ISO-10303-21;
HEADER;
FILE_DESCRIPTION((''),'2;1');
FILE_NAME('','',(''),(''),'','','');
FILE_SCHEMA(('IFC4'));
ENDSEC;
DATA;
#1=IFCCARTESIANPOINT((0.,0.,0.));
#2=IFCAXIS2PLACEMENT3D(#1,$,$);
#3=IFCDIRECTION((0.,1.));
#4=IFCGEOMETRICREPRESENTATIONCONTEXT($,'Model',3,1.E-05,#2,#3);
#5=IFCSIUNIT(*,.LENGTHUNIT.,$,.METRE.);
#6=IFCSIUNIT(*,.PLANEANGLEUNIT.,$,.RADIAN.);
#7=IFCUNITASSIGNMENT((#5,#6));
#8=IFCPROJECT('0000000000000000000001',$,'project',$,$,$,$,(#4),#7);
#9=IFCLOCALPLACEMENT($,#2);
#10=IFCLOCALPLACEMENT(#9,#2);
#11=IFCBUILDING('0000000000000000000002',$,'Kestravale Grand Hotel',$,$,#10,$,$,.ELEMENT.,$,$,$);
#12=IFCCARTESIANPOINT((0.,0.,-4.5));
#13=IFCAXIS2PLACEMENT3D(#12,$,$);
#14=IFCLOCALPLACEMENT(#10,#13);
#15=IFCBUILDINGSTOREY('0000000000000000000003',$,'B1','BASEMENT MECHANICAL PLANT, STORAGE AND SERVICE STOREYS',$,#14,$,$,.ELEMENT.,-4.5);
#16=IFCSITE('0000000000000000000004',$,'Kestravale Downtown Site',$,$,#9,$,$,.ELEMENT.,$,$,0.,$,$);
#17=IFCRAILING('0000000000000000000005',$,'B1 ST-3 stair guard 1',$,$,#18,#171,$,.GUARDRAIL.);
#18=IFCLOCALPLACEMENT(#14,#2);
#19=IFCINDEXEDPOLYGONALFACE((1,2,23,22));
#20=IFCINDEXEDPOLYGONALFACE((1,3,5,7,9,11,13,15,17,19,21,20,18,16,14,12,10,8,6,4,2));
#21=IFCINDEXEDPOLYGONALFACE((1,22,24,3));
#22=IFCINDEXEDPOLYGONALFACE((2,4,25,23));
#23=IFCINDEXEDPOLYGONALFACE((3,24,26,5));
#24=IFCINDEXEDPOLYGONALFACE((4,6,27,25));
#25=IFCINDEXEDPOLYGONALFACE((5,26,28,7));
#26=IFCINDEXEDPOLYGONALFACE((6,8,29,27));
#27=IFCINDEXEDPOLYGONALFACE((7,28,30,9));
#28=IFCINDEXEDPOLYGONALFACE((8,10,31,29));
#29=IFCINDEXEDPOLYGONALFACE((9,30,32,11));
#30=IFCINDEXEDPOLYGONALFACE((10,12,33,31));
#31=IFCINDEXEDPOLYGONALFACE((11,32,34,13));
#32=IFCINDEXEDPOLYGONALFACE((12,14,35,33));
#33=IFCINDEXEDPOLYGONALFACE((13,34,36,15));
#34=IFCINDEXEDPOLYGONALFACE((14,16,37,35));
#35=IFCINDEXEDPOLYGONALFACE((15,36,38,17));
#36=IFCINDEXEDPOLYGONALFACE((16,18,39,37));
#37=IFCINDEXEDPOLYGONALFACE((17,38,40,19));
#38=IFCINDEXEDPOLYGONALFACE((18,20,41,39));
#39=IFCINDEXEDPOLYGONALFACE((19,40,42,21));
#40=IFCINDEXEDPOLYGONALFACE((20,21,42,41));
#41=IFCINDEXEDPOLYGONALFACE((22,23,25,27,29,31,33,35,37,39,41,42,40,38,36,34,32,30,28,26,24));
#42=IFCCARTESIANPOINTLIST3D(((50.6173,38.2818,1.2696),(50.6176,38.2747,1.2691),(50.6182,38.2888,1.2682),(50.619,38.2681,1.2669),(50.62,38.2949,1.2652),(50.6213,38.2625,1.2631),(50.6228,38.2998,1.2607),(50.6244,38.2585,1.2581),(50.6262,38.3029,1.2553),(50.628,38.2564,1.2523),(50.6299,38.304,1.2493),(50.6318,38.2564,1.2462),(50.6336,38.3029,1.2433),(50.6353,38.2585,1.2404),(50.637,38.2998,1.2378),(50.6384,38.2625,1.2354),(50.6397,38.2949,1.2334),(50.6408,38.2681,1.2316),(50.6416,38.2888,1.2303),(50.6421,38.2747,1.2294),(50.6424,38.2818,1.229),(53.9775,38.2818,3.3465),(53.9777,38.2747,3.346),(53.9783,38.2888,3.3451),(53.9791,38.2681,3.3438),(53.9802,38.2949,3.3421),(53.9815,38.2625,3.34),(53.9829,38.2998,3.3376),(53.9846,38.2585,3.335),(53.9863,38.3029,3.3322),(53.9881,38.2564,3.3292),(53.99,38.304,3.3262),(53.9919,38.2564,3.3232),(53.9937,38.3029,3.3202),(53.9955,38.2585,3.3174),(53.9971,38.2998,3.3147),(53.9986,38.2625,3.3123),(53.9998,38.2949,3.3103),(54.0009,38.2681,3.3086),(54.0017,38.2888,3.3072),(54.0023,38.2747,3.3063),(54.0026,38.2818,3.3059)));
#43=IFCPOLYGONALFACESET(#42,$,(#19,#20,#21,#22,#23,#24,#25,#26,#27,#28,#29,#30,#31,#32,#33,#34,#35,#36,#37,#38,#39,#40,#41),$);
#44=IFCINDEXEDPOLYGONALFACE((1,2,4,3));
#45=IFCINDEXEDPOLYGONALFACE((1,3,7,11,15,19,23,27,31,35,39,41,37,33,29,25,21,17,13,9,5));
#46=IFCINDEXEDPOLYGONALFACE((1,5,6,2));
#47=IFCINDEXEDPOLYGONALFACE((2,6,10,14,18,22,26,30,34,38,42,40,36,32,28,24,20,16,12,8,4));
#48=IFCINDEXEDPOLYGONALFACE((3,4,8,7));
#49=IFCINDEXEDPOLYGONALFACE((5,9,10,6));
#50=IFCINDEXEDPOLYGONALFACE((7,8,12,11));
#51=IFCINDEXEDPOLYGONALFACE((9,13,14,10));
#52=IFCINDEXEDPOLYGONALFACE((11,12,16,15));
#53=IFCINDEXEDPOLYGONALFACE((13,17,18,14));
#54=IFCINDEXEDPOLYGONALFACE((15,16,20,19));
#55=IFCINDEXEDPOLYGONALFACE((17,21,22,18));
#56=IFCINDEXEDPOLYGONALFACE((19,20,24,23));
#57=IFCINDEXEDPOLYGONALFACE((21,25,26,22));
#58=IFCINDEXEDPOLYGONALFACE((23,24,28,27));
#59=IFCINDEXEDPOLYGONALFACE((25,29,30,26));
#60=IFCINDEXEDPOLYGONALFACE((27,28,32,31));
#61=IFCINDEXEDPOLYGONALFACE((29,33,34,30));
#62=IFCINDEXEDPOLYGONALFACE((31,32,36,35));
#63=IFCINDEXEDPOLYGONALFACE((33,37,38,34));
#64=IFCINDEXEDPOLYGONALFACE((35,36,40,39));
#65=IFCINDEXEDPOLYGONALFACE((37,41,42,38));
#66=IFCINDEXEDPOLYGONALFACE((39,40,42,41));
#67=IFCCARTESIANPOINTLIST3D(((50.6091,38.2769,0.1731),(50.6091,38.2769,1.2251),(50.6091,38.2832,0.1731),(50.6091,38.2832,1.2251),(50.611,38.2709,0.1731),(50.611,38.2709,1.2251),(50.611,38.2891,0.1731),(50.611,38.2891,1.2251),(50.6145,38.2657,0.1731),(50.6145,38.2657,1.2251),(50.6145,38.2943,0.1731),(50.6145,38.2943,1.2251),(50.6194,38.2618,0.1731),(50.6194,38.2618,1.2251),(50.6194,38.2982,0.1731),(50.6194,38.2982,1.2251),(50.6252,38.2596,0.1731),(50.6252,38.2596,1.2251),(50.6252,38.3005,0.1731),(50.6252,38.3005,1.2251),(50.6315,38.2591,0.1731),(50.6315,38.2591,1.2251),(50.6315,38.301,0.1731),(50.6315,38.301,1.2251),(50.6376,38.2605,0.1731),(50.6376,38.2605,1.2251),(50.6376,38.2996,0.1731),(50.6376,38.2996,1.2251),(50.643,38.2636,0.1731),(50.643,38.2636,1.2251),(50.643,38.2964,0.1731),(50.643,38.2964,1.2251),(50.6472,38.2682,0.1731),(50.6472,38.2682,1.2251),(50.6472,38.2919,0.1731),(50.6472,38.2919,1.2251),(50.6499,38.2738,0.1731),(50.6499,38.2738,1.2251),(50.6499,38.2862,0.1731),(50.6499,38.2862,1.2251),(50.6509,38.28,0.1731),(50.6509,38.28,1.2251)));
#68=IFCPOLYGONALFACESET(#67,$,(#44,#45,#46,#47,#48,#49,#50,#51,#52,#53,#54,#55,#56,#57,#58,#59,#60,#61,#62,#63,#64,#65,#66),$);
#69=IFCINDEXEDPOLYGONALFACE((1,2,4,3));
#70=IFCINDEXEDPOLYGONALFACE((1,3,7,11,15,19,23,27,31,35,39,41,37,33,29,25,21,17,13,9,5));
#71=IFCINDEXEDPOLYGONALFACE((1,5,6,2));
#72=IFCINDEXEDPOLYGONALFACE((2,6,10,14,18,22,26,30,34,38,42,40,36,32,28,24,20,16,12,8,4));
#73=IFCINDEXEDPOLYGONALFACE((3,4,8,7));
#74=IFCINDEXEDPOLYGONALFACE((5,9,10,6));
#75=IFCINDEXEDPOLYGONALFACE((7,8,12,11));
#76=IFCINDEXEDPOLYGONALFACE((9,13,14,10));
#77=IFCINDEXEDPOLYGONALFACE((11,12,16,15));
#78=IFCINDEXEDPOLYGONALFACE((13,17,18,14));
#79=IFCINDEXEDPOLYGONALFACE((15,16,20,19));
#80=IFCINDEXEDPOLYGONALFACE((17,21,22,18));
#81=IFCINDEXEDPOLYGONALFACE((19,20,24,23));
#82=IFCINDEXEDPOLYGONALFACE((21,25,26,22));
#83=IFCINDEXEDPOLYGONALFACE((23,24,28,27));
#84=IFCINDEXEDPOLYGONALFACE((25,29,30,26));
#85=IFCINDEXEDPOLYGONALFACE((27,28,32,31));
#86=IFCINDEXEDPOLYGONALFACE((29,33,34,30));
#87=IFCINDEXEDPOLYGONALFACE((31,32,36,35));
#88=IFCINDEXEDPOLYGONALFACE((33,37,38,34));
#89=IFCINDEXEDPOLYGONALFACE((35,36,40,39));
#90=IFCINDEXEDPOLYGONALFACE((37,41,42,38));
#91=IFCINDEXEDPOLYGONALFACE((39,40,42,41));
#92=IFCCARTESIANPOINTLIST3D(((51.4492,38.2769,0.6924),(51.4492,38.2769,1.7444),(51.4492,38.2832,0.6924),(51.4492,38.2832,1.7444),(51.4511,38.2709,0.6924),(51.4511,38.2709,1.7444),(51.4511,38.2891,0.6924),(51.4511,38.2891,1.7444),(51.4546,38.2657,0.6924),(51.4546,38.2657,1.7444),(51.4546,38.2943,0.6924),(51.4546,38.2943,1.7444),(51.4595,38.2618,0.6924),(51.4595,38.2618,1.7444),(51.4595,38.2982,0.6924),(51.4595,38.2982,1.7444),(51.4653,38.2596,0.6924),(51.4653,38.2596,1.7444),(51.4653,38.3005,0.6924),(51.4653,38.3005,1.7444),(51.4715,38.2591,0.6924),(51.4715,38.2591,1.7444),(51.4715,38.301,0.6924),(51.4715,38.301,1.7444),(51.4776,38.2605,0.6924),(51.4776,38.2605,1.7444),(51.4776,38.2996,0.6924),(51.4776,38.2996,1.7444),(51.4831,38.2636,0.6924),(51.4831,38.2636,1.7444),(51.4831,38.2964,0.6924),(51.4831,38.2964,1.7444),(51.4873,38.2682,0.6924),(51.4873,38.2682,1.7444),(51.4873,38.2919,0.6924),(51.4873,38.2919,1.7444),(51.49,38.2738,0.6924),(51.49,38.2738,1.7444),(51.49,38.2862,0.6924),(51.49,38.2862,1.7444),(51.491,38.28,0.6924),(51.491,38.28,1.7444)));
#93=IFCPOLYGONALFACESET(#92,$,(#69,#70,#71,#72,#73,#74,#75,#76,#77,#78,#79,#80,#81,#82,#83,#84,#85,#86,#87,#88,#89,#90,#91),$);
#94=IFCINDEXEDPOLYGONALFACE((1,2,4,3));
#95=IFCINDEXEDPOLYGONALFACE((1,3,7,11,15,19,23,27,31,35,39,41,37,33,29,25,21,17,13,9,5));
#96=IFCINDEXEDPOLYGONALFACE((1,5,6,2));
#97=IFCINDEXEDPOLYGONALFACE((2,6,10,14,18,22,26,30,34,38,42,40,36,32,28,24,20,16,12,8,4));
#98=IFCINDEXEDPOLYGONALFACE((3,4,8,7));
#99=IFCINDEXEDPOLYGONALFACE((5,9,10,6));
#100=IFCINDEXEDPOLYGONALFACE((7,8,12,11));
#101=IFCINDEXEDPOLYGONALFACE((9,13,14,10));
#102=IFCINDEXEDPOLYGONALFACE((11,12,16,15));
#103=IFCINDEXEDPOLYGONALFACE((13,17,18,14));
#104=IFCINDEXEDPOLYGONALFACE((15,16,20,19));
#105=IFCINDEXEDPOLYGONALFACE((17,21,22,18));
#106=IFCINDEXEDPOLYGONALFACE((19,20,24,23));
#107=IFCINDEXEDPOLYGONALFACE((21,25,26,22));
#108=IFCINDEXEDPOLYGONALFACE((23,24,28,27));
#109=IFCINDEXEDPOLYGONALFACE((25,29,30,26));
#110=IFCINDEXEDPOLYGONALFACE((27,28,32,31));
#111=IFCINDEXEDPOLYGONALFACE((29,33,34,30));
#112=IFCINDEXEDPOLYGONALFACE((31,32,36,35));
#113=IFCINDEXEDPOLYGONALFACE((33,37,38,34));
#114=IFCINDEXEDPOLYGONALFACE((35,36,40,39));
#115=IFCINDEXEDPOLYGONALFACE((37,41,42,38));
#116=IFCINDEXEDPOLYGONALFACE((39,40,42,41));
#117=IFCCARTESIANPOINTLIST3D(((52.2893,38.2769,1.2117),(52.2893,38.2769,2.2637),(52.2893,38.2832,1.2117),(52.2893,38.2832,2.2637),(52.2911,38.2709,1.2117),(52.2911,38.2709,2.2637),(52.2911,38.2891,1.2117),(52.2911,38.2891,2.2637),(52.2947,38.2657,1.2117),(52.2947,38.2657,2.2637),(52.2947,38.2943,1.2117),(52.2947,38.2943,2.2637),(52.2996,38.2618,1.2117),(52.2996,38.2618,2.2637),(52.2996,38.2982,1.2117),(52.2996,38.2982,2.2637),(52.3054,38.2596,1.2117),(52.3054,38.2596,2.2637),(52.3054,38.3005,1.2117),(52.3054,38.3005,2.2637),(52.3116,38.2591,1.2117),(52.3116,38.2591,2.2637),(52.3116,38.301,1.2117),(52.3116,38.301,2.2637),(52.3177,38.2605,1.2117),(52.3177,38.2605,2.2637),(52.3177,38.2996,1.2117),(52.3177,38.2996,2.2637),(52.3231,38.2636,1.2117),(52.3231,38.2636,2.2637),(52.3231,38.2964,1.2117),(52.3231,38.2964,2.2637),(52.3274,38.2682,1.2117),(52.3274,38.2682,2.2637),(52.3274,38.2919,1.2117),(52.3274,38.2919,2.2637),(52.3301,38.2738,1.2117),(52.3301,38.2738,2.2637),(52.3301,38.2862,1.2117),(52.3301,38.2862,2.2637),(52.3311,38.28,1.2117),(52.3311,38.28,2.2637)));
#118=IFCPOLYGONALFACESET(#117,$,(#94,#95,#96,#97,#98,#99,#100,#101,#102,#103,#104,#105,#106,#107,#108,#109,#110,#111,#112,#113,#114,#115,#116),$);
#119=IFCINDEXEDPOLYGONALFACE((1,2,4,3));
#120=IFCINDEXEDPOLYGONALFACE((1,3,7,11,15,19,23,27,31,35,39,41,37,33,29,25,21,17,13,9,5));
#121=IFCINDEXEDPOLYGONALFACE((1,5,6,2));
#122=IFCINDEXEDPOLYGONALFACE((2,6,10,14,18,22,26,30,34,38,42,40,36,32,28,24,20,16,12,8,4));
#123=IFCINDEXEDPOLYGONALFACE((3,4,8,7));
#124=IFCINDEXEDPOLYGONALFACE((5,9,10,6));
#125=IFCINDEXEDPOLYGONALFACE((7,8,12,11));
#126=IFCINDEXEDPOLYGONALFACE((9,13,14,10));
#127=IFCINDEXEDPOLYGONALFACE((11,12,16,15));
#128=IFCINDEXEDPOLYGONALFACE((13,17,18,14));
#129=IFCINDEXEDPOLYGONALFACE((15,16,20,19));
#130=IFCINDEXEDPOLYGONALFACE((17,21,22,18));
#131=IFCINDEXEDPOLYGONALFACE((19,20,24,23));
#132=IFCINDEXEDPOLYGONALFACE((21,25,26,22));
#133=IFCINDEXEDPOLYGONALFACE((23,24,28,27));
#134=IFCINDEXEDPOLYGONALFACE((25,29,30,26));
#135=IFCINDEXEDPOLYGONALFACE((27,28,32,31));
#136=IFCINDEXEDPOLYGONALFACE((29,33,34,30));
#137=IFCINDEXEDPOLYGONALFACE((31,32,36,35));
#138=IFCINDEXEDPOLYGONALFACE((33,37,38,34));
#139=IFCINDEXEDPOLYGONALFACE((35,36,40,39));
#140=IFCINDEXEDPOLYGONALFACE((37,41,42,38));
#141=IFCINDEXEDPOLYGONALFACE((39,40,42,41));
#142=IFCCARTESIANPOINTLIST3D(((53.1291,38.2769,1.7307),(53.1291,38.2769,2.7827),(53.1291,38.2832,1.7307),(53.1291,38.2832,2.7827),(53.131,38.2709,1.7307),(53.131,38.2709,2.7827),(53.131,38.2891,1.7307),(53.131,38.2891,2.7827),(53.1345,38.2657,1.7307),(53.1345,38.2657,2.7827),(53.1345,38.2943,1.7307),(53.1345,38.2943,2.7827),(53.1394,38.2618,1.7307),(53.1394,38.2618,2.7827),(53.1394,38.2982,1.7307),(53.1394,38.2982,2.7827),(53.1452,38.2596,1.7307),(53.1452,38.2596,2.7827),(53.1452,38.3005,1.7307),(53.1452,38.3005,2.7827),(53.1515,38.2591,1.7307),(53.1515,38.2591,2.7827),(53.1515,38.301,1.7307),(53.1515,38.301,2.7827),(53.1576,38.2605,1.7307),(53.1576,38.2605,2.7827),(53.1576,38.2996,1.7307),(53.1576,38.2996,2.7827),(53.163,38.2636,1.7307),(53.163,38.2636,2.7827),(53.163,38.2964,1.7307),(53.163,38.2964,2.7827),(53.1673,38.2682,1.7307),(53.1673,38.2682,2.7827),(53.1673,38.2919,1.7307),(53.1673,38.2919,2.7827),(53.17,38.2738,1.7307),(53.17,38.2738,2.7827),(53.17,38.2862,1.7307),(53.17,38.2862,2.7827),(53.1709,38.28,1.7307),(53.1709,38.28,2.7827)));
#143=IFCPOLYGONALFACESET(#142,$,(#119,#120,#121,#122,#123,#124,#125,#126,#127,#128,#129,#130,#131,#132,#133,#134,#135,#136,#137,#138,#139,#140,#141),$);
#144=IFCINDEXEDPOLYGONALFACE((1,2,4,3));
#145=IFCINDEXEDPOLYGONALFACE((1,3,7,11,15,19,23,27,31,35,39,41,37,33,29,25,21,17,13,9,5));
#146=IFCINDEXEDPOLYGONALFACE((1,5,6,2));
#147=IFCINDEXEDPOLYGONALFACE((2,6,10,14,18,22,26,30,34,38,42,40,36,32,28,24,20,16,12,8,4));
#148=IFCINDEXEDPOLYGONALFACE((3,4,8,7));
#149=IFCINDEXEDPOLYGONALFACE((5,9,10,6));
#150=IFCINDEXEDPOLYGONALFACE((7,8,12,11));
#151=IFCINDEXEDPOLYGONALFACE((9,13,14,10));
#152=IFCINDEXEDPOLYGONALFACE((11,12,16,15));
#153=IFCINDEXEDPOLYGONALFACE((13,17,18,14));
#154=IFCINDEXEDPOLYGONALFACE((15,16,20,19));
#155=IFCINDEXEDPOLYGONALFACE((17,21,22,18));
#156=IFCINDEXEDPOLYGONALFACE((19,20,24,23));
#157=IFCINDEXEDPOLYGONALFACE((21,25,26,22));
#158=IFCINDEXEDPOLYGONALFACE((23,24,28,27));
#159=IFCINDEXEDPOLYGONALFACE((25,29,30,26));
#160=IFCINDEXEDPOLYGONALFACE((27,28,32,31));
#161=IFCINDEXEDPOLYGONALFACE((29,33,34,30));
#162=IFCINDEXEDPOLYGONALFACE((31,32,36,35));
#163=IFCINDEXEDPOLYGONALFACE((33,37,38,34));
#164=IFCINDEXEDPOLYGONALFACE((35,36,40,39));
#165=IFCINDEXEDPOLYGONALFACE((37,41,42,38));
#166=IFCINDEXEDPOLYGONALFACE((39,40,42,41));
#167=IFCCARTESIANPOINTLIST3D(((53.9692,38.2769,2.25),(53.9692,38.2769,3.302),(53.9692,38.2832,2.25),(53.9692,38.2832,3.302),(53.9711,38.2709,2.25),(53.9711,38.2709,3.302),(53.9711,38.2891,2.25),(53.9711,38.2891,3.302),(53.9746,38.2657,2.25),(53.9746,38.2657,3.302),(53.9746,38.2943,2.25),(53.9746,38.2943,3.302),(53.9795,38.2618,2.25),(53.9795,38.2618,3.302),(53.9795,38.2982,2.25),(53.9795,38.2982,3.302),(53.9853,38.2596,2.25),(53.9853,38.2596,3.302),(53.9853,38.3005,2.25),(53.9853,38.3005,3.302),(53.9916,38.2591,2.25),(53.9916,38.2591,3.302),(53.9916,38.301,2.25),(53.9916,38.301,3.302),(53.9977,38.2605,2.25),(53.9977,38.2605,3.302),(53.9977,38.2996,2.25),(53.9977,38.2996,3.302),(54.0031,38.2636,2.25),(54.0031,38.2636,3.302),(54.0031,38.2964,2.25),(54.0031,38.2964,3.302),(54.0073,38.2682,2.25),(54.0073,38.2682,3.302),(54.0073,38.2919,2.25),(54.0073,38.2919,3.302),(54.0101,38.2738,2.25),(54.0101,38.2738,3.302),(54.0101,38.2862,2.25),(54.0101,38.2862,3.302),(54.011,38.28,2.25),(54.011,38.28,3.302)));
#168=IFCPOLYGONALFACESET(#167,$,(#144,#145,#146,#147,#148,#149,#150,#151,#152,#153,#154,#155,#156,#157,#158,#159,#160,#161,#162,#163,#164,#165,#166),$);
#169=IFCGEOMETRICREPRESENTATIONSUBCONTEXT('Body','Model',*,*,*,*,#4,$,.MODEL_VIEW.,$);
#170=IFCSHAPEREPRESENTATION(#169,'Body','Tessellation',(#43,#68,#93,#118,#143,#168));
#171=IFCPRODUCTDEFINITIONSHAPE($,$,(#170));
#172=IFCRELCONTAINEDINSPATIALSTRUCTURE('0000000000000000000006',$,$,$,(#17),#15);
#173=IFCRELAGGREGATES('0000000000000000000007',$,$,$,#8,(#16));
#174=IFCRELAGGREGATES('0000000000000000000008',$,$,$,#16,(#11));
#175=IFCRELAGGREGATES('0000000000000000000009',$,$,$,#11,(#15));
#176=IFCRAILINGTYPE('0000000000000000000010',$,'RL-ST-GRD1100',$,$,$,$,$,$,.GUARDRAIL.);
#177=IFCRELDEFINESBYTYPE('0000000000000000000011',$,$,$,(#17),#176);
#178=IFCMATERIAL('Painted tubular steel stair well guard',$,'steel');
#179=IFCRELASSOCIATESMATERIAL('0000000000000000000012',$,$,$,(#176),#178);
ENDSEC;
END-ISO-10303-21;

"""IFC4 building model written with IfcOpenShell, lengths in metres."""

from ifc_helpers import new_model, si_unit, direction, frame, origin, origin_2d, place, context, subcontext, project, spatial, circle, extrude, material, type_object, element, save


model = new_model("IFC4")

# Units and contexts
model_context = context("Model", 3, precision=1e-05, world=origin(), true_north=direction((0.0, 1.0)))
body_context = subcontext(model_context, "Body", "Model", "MODEL_VIEW")
ifc_project = project(units=[si_unit("LENGTHUNIT", "METRE"), si_unit("PLANEANGLEUNIT", "RADIAN")], contexts=[model_context])

# Site, building, storey
site_placement = place(None, origin())
site = spatial("IfcSite", under=ifc_project, at=site_placement, Name="Kestravale Downtown Site", CompositionType="ELEMENT", RefElevation=0.0)
building_placement = place(site_placement, origin())
building = spatial("IfcBuilding", under=site, at=building_placement, Name="Kestravale Grand Hotel", CompositionType="ELEMENT")
storey_placement = place(building_placement, frame((0.0, 0.0, -4.5)))
storey = spatial("IfcBuildingStorey", under=building, at=storey_placement, Name="B1", Description="BASEMENT MECHANICAL PLANT, STORAGE AND SERVICE STOREYS", CompositionType="ELEMENT", Elevation=-4.5)

# Railing
ifc_material_1 = material(Name="Painted tubular steel stair well guard", Category="steel")
railing_type_1 = type_object("IfcRailingType", Name="RL-ST-GRD1100", PredefinedType="GUARDRAIL", material=ifc_material_1)
railing_1_placement = place(storey_placement, frame((50.6299, 38.28, 0.1731)))
element("IfcRailing", 1, at=railing_1_placement, inside=storey, type_object=railing_type_1, Name="B1 ST-3 stair guard 1", PredefinedType="GUARDRAIL", context=body_context, shape_type="SweptSolid", body=[
    extrude(circle(Radius=0.0239, at=origin_2d()), frame((0.0, 0.0, 1.0762), z_axis=(0.850623, 0.0, 0.525776), x_axis=(0.0, 1.0, 0.0)), (0.0, 0.0, 1.0), 3.9502),
    extrude(circle(Radius=0.021, at=origin_2d()), origin(), (0.0, 0.0, 1.0), 1.052),
    extrude(circle(Radius=0.021, at=origin_2d()), frame((0.8401, 0.0, 0.5193)), (0.0, 0.0, 1.0), 1.052),
    extrude(circle(Radius=0.021, at=origin_2d()), frame((1.6802, 0.0, 1.0386)), (0.0, 0.0, 1.0), 1.052),
    extrude(circle(Radius=0.021, at=origin_2d()), frame((2.52, 0.0, 1.5576)), (0.0, 0.0, 1.0), 1.052),
    extrude(circle(Radius=0.021, at=origin_2d()), frame((3.3601, 0.0, 2.0769)), (0.0, 0.0, 1.0), 1.052),
])

save(model, "model.ifc")
